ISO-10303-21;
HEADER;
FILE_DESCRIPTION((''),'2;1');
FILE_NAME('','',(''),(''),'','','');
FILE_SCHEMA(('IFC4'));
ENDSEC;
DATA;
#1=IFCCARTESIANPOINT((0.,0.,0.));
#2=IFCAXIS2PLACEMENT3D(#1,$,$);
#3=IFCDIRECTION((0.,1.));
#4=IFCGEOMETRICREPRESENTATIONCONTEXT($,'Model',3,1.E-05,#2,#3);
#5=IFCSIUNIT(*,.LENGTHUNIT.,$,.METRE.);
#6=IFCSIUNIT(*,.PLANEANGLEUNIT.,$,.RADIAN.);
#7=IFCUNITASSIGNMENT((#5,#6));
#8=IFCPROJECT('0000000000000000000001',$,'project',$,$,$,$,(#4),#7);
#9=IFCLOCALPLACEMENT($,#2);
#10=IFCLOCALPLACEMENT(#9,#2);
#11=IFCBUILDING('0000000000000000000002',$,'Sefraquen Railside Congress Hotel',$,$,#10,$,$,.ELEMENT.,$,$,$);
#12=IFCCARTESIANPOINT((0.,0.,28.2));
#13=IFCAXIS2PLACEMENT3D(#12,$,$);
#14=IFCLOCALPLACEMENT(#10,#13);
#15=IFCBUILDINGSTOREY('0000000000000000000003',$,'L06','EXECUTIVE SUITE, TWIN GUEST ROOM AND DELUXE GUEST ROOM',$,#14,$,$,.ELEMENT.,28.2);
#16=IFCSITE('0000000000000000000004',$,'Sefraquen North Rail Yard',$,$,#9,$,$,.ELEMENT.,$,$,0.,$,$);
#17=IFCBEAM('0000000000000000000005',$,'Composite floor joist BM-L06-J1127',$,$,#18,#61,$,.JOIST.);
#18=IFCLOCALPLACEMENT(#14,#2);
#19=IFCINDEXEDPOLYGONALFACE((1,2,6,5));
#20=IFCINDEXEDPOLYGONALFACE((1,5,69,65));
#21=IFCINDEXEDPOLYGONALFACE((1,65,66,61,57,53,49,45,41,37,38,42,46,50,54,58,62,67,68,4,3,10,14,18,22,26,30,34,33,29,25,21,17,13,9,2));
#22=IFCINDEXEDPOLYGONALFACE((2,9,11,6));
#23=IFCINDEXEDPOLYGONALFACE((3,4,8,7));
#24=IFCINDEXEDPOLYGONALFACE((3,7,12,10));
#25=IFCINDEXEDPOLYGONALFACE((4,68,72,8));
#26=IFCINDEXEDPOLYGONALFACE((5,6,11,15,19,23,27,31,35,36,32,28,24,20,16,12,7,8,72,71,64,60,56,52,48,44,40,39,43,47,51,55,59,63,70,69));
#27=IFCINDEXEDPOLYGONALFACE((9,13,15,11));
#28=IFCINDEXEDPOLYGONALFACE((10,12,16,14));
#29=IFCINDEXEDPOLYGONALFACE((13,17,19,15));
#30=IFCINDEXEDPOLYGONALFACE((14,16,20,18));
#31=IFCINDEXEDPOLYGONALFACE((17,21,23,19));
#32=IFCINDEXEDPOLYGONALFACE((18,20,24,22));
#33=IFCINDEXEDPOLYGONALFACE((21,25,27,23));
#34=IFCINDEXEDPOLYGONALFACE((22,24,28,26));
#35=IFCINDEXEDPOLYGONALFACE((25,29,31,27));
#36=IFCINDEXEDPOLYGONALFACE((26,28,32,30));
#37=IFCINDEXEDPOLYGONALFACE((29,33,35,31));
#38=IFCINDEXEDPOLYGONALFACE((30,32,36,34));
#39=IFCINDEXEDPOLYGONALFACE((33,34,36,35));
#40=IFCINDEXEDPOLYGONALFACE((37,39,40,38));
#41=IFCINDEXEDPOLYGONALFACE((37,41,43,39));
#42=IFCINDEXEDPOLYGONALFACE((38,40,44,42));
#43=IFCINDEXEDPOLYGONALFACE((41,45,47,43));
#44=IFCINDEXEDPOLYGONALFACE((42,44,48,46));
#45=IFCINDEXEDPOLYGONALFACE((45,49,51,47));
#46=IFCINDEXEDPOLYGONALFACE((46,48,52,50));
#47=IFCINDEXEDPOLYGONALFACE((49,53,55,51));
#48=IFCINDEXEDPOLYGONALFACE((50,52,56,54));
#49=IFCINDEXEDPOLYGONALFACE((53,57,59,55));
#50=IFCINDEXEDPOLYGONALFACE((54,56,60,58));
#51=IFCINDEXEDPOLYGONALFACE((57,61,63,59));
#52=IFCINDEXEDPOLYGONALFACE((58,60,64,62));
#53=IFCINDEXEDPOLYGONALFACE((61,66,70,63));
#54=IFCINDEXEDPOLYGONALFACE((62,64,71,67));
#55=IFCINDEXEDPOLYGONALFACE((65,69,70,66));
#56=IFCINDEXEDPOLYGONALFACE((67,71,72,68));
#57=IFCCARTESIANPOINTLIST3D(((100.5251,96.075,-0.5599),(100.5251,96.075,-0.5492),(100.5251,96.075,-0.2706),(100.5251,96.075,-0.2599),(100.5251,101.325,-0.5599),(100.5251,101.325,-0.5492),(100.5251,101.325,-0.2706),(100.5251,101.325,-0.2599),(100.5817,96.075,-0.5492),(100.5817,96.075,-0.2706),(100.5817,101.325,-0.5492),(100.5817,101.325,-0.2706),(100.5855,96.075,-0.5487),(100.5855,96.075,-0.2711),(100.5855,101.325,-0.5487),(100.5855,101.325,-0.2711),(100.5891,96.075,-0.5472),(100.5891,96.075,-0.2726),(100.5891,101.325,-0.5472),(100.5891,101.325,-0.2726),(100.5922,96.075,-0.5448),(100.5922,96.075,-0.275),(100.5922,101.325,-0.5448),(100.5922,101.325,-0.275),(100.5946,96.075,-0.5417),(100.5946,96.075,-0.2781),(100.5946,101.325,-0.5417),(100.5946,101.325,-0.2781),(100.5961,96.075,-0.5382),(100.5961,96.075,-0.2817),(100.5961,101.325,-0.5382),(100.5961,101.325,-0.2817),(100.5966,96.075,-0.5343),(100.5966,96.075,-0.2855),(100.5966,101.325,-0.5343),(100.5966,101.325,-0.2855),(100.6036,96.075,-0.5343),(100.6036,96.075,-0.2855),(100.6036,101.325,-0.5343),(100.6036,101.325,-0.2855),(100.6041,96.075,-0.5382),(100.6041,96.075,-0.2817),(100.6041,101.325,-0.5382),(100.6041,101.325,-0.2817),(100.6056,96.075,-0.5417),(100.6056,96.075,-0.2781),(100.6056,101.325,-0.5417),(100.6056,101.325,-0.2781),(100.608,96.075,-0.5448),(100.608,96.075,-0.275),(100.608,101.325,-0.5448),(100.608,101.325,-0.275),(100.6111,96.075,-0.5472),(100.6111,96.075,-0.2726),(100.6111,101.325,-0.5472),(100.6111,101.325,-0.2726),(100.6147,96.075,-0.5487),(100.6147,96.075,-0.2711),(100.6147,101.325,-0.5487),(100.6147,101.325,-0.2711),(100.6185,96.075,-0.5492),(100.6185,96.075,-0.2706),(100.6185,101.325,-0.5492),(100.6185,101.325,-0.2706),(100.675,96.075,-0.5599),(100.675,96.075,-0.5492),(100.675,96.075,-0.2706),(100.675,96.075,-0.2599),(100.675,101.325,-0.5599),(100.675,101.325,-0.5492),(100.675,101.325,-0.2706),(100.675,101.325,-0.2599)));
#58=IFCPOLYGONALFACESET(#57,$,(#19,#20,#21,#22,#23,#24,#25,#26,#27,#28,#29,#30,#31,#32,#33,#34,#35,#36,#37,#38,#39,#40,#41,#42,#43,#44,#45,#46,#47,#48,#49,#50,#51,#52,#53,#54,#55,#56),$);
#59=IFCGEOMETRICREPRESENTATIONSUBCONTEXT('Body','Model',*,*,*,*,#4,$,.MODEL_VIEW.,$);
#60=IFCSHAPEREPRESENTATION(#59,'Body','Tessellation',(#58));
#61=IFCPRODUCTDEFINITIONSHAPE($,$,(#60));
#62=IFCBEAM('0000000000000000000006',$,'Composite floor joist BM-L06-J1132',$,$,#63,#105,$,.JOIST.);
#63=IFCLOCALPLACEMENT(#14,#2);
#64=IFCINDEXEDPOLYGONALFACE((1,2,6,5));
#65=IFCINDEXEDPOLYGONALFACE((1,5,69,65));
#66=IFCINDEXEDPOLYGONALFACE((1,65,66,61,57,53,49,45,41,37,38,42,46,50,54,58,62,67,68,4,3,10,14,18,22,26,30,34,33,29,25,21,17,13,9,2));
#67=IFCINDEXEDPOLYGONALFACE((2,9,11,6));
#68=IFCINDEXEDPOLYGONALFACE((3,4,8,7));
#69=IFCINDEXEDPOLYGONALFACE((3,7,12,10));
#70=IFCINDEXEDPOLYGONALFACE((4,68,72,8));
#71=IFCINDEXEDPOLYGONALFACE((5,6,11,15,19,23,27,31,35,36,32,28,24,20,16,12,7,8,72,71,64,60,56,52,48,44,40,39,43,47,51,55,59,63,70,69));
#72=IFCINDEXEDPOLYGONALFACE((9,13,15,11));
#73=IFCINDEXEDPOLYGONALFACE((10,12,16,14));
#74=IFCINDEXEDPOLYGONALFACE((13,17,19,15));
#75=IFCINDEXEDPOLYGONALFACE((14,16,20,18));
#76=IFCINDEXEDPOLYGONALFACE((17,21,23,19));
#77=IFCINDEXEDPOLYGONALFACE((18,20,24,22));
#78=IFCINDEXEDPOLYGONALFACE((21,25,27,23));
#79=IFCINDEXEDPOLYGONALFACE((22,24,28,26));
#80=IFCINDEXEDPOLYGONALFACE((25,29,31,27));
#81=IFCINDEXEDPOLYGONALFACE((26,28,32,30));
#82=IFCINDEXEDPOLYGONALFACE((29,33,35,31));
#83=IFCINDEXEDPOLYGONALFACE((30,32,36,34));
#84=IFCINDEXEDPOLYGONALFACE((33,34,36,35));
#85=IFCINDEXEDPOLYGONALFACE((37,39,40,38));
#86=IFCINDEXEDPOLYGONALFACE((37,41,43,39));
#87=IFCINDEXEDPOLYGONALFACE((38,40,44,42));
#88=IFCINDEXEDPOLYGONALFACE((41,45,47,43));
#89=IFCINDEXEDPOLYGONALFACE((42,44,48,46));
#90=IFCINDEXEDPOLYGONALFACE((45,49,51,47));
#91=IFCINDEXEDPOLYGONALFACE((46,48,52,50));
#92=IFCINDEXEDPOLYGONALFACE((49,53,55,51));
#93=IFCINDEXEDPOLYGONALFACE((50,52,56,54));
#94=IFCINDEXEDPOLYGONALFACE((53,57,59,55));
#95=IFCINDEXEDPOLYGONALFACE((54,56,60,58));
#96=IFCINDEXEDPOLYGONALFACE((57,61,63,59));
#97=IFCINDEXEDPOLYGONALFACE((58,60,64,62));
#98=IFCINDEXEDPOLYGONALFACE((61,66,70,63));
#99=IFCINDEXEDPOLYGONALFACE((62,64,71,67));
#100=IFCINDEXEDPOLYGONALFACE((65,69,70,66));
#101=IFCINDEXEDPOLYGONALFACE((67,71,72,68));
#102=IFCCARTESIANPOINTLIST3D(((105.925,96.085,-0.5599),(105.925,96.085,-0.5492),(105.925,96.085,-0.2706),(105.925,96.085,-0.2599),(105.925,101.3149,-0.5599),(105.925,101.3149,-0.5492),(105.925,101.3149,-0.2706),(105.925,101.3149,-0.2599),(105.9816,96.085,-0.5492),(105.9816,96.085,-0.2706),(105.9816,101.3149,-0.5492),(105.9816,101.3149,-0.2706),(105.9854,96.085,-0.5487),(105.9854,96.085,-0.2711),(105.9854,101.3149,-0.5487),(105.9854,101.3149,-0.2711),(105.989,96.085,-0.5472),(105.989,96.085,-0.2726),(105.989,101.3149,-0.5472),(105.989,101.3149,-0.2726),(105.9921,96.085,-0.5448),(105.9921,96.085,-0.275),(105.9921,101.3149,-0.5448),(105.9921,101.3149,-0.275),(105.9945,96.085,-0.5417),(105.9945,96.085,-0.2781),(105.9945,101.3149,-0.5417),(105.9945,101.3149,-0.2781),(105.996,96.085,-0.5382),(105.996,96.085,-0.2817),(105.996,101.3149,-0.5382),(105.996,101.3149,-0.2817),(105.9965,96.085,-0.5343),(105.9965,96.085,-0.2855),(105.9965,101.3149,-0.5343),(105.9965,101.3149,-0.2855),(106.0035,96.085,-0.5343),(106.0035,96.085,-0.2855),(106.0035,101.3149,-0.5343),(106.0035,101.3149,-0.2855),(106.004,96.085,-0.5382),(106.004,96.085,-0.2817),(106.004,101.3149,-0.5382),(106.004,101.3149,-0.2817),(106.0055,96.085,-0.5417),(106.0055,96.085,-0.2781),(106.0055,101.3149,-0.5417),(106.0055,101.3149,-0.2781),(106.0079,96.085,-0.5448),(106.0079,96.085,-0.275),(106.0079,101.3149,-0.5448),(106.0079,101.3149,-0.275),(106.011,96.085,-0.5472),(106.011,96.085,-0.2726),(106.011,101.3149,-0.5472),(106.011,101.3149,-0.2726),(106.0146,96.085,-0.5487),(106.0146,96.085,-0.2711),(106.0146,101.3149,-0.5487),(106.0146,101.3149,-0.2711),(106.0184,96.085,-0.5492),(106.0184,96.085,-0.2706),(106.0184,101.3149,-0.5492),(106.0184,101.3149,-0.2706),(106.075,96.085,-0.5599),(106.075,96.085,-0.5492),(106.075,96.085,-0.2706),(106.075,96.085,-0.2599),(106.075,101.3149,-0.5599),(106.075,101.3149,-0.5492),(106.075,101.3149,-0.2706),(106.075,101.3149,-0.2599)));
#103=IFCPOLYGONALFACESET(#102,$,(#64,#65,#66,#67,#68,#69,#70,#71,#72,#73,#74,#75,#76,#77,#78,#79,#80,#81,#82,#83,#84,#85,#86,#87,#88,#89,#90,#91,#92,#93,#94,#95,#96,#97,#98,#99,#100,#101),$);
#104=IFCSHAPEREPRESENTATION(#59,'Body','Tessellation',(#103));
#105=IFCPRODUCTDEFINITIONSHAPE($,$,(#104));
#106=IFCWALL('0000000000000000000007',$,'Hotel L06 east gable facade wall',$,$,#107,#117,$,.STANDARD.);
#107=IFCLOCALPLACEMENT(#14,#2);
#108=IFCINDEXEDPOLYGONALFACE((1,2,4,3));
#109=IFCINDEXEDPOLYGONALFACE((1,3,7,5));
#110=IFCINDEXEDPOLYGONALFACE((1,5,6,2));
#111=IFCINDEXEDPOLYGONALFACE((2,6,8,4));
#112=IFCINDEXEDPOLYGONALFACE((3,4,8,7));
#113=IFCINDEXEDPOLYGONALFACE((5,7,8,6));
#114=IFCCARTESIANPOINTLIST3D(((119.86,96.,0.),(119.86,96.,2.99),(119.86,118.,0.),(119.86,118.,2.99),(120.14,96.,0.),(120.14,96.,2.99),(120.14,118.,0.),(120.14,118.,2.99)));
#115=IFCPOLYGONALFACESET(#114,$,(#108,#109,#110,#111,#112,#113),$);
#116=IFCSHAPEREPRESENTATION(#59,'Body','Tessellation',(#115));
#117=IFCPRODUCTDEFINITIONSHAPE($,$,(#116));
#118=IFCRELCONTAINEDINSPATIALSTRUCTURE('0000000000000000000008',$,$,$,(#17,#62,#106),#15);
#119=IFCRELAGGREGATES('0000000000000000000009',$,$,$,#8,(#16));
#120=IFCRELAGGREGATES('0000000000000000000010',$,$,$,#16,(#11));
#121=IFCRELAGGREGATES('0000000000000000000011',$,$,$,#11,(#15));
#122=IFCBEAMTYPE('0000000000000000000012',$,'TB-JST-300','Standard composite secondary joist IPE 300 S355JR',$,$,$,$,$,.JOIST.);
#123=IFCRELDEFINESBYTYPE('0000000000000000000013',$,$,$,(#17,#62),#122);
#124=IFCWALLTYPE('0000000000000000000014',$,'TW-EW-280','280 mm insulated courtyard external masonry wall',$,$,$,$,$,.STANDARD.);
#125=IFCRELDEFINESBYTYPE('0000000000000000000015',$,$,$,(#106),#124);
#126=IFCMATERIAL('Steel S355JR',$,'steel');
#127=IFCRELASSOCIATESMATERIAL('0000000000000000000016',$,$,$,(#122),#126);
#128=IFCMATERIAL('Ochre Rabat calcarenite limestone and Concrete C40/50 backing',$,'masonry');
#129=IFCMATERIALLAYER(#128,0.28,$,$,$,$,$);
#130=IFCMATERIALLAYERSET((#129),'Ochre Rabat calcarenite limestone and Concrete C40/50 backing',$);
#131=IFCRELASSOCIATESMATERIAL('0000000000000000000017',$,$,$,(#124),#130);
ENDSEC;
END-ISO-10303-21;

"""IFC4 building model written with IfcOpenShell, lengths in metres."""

from ifc_helpers import new_model, si_unit, direction, frame, frame_2d, origin, origin_2d, place, context, subcontext, project, spatial, rectangle, i_section, extrude, material, layer, layer_set, material_profile, profile_set, type_object, element, save


model = new_model("IFC4")

# Units and contexts
model_context = context("Model", 3, precision=1e-05, world=origin(), true_north=direction((0.0, 1.0)))
body_context = subcontext(model_context, "Body", "Model", "MODEL_VIEW")
ifc_project = project(units=[si_unit("LENGTHUNIT", "METRE"), si_unit("PLANEANGLEUNIT", "RADIAN")], contexts=[model_context])

# Site, building, storey
site_placement = place(None, origin())
site = spatial("IfcSite", under=ifc_project, at=site_placement, Name="Sefraquen North Rail Yard", CompositionType="ELEMENT", RefElevation=0.0)
building_placement = place(site_placement, origin())
building = spatial("IfcBuilding", under=site, at=building_placement, Name="Sefraquen Railside Congress Hotel", CompositionType="ELEMENT")
storey_placement = place(building_placement, frame((0.0, 0.0, 28.2)))
storey = spatial("IfcBuildingStorey", under=building, at=storey_placement, Name="L06", Description="EXECUTIVE SUITE, TWIN GUEST ROOM AND DELUXE GUEST ROOM", CompositionType="ELEMENT", Elevation=28.2)

# Shared definitions
ifc_material_1 = material(Name="Steel S355JR", Category="steel")

# Beams
ifc_material_profile_1 = material_profile(ifc_material_1, i_section(OverallWidth=0.1499, OverallDepth=0.3, WebThickness=0.0071, FlangeThickness=0.0107, FilletRadius=0.0149, at=origin_2d()), Name="IPE 300")
ifc_profile_set_1 = profile_set([ifc_material_profile_1], Name="Steel S355JR")
beam_type_1 = type_object("IfcBeamType", Name="TB-JST-300", Description="Standard composite secondary joist IPE 300 S355JR", PredefinedType="JOIST", material=ifc_profile_set_1)
for number, where, z_axis, x_axis, name in (
    (1, (100.6001, 96.075, -0.4099), (0.0, 1.0, 0.0), (-1.0, 0.0, 0.0), "Composite floor joist BM-L06-J1127"),
):
    element("IfcBeam", number, at=place(storey_placement, frame(where, z_axis=z_axis, x_axis=x_axis)), inside=storey, type_object=beam_type_1, Name=name, PredefinedType="JOIST", context=body_context, shape_type="SweptSolid", body=[
        extrude(i_section(OverallWidth=0.1499, OverallDepth=0.3, WebThickness=0.0071, FlangeThickness=0.0107, FilletRadius=0.0149, at=origin_2d()), origin(), (0.0, 0.0, 1.0), 5.25),
    ])
beam_1_placement = place(storey_placement, frame((106.0, 96.085, -0.4099), z_axis=(0.0, 1.0, 0.0), x_axis=(-1.0, 0.0, 0.0)))
element("IfcBeam", 2, at=beam_1_placement, inside=storey, type_object=beam_type_1, Name="Composite floor joist BM-L06-J1132", PredefinedType="JOIST", context=body_context, shape_type="SweptSolid", body=[
    extrude(i_section(OverallWidth=0.1499, OverallDepth=0.3, WebThickness=0.0071, FlangeThickness=0.0107, FilletRadius=0.0149, at=origin_2d()), origin(), (0.0, 0.0, 1.0), 5.23),
])

# Wall
ifc_material_2 = material(Name="Ochre Rabat calcarenite limestone and Concrete C40/50 backing", Category="masonry")
ifc_layer = layer(ifc_material_2, 0.28)
ifc_layer_set = layer_set([ifc_layer], Name="Ochre Rabat calcarenite limestone and Concrete C40/50 backing")
wall_type = type_object("IfcWallType", Name="TW-EW-280", Description="280 mm insulated courtyard external masonry wall", PredefinedType="STANDARD", material=ifc_layer_set)
wall_placement = place(storey_placement, frame((120.0, 96.0, 0.0), z_axis=(0.0, 0.0, 1.0), x_axis=(0.0, 1.0, 0.0)))
element("IfcWall", 3, at=wall_placement, inside=storey, type_object=wall_type, Name="Hotel L06 east gable facade wall", PredefinedType="STANDARD", context=body_context, shape_type="SweptSolid", body=[
    extrude(rectangle(XDim=22.0, YDim=0.28, at=frame_2d((11.0, 0.0))), origin(), (0.0, 0.0, 1.0), 2.99),
])

save(model, "model.ifc")
